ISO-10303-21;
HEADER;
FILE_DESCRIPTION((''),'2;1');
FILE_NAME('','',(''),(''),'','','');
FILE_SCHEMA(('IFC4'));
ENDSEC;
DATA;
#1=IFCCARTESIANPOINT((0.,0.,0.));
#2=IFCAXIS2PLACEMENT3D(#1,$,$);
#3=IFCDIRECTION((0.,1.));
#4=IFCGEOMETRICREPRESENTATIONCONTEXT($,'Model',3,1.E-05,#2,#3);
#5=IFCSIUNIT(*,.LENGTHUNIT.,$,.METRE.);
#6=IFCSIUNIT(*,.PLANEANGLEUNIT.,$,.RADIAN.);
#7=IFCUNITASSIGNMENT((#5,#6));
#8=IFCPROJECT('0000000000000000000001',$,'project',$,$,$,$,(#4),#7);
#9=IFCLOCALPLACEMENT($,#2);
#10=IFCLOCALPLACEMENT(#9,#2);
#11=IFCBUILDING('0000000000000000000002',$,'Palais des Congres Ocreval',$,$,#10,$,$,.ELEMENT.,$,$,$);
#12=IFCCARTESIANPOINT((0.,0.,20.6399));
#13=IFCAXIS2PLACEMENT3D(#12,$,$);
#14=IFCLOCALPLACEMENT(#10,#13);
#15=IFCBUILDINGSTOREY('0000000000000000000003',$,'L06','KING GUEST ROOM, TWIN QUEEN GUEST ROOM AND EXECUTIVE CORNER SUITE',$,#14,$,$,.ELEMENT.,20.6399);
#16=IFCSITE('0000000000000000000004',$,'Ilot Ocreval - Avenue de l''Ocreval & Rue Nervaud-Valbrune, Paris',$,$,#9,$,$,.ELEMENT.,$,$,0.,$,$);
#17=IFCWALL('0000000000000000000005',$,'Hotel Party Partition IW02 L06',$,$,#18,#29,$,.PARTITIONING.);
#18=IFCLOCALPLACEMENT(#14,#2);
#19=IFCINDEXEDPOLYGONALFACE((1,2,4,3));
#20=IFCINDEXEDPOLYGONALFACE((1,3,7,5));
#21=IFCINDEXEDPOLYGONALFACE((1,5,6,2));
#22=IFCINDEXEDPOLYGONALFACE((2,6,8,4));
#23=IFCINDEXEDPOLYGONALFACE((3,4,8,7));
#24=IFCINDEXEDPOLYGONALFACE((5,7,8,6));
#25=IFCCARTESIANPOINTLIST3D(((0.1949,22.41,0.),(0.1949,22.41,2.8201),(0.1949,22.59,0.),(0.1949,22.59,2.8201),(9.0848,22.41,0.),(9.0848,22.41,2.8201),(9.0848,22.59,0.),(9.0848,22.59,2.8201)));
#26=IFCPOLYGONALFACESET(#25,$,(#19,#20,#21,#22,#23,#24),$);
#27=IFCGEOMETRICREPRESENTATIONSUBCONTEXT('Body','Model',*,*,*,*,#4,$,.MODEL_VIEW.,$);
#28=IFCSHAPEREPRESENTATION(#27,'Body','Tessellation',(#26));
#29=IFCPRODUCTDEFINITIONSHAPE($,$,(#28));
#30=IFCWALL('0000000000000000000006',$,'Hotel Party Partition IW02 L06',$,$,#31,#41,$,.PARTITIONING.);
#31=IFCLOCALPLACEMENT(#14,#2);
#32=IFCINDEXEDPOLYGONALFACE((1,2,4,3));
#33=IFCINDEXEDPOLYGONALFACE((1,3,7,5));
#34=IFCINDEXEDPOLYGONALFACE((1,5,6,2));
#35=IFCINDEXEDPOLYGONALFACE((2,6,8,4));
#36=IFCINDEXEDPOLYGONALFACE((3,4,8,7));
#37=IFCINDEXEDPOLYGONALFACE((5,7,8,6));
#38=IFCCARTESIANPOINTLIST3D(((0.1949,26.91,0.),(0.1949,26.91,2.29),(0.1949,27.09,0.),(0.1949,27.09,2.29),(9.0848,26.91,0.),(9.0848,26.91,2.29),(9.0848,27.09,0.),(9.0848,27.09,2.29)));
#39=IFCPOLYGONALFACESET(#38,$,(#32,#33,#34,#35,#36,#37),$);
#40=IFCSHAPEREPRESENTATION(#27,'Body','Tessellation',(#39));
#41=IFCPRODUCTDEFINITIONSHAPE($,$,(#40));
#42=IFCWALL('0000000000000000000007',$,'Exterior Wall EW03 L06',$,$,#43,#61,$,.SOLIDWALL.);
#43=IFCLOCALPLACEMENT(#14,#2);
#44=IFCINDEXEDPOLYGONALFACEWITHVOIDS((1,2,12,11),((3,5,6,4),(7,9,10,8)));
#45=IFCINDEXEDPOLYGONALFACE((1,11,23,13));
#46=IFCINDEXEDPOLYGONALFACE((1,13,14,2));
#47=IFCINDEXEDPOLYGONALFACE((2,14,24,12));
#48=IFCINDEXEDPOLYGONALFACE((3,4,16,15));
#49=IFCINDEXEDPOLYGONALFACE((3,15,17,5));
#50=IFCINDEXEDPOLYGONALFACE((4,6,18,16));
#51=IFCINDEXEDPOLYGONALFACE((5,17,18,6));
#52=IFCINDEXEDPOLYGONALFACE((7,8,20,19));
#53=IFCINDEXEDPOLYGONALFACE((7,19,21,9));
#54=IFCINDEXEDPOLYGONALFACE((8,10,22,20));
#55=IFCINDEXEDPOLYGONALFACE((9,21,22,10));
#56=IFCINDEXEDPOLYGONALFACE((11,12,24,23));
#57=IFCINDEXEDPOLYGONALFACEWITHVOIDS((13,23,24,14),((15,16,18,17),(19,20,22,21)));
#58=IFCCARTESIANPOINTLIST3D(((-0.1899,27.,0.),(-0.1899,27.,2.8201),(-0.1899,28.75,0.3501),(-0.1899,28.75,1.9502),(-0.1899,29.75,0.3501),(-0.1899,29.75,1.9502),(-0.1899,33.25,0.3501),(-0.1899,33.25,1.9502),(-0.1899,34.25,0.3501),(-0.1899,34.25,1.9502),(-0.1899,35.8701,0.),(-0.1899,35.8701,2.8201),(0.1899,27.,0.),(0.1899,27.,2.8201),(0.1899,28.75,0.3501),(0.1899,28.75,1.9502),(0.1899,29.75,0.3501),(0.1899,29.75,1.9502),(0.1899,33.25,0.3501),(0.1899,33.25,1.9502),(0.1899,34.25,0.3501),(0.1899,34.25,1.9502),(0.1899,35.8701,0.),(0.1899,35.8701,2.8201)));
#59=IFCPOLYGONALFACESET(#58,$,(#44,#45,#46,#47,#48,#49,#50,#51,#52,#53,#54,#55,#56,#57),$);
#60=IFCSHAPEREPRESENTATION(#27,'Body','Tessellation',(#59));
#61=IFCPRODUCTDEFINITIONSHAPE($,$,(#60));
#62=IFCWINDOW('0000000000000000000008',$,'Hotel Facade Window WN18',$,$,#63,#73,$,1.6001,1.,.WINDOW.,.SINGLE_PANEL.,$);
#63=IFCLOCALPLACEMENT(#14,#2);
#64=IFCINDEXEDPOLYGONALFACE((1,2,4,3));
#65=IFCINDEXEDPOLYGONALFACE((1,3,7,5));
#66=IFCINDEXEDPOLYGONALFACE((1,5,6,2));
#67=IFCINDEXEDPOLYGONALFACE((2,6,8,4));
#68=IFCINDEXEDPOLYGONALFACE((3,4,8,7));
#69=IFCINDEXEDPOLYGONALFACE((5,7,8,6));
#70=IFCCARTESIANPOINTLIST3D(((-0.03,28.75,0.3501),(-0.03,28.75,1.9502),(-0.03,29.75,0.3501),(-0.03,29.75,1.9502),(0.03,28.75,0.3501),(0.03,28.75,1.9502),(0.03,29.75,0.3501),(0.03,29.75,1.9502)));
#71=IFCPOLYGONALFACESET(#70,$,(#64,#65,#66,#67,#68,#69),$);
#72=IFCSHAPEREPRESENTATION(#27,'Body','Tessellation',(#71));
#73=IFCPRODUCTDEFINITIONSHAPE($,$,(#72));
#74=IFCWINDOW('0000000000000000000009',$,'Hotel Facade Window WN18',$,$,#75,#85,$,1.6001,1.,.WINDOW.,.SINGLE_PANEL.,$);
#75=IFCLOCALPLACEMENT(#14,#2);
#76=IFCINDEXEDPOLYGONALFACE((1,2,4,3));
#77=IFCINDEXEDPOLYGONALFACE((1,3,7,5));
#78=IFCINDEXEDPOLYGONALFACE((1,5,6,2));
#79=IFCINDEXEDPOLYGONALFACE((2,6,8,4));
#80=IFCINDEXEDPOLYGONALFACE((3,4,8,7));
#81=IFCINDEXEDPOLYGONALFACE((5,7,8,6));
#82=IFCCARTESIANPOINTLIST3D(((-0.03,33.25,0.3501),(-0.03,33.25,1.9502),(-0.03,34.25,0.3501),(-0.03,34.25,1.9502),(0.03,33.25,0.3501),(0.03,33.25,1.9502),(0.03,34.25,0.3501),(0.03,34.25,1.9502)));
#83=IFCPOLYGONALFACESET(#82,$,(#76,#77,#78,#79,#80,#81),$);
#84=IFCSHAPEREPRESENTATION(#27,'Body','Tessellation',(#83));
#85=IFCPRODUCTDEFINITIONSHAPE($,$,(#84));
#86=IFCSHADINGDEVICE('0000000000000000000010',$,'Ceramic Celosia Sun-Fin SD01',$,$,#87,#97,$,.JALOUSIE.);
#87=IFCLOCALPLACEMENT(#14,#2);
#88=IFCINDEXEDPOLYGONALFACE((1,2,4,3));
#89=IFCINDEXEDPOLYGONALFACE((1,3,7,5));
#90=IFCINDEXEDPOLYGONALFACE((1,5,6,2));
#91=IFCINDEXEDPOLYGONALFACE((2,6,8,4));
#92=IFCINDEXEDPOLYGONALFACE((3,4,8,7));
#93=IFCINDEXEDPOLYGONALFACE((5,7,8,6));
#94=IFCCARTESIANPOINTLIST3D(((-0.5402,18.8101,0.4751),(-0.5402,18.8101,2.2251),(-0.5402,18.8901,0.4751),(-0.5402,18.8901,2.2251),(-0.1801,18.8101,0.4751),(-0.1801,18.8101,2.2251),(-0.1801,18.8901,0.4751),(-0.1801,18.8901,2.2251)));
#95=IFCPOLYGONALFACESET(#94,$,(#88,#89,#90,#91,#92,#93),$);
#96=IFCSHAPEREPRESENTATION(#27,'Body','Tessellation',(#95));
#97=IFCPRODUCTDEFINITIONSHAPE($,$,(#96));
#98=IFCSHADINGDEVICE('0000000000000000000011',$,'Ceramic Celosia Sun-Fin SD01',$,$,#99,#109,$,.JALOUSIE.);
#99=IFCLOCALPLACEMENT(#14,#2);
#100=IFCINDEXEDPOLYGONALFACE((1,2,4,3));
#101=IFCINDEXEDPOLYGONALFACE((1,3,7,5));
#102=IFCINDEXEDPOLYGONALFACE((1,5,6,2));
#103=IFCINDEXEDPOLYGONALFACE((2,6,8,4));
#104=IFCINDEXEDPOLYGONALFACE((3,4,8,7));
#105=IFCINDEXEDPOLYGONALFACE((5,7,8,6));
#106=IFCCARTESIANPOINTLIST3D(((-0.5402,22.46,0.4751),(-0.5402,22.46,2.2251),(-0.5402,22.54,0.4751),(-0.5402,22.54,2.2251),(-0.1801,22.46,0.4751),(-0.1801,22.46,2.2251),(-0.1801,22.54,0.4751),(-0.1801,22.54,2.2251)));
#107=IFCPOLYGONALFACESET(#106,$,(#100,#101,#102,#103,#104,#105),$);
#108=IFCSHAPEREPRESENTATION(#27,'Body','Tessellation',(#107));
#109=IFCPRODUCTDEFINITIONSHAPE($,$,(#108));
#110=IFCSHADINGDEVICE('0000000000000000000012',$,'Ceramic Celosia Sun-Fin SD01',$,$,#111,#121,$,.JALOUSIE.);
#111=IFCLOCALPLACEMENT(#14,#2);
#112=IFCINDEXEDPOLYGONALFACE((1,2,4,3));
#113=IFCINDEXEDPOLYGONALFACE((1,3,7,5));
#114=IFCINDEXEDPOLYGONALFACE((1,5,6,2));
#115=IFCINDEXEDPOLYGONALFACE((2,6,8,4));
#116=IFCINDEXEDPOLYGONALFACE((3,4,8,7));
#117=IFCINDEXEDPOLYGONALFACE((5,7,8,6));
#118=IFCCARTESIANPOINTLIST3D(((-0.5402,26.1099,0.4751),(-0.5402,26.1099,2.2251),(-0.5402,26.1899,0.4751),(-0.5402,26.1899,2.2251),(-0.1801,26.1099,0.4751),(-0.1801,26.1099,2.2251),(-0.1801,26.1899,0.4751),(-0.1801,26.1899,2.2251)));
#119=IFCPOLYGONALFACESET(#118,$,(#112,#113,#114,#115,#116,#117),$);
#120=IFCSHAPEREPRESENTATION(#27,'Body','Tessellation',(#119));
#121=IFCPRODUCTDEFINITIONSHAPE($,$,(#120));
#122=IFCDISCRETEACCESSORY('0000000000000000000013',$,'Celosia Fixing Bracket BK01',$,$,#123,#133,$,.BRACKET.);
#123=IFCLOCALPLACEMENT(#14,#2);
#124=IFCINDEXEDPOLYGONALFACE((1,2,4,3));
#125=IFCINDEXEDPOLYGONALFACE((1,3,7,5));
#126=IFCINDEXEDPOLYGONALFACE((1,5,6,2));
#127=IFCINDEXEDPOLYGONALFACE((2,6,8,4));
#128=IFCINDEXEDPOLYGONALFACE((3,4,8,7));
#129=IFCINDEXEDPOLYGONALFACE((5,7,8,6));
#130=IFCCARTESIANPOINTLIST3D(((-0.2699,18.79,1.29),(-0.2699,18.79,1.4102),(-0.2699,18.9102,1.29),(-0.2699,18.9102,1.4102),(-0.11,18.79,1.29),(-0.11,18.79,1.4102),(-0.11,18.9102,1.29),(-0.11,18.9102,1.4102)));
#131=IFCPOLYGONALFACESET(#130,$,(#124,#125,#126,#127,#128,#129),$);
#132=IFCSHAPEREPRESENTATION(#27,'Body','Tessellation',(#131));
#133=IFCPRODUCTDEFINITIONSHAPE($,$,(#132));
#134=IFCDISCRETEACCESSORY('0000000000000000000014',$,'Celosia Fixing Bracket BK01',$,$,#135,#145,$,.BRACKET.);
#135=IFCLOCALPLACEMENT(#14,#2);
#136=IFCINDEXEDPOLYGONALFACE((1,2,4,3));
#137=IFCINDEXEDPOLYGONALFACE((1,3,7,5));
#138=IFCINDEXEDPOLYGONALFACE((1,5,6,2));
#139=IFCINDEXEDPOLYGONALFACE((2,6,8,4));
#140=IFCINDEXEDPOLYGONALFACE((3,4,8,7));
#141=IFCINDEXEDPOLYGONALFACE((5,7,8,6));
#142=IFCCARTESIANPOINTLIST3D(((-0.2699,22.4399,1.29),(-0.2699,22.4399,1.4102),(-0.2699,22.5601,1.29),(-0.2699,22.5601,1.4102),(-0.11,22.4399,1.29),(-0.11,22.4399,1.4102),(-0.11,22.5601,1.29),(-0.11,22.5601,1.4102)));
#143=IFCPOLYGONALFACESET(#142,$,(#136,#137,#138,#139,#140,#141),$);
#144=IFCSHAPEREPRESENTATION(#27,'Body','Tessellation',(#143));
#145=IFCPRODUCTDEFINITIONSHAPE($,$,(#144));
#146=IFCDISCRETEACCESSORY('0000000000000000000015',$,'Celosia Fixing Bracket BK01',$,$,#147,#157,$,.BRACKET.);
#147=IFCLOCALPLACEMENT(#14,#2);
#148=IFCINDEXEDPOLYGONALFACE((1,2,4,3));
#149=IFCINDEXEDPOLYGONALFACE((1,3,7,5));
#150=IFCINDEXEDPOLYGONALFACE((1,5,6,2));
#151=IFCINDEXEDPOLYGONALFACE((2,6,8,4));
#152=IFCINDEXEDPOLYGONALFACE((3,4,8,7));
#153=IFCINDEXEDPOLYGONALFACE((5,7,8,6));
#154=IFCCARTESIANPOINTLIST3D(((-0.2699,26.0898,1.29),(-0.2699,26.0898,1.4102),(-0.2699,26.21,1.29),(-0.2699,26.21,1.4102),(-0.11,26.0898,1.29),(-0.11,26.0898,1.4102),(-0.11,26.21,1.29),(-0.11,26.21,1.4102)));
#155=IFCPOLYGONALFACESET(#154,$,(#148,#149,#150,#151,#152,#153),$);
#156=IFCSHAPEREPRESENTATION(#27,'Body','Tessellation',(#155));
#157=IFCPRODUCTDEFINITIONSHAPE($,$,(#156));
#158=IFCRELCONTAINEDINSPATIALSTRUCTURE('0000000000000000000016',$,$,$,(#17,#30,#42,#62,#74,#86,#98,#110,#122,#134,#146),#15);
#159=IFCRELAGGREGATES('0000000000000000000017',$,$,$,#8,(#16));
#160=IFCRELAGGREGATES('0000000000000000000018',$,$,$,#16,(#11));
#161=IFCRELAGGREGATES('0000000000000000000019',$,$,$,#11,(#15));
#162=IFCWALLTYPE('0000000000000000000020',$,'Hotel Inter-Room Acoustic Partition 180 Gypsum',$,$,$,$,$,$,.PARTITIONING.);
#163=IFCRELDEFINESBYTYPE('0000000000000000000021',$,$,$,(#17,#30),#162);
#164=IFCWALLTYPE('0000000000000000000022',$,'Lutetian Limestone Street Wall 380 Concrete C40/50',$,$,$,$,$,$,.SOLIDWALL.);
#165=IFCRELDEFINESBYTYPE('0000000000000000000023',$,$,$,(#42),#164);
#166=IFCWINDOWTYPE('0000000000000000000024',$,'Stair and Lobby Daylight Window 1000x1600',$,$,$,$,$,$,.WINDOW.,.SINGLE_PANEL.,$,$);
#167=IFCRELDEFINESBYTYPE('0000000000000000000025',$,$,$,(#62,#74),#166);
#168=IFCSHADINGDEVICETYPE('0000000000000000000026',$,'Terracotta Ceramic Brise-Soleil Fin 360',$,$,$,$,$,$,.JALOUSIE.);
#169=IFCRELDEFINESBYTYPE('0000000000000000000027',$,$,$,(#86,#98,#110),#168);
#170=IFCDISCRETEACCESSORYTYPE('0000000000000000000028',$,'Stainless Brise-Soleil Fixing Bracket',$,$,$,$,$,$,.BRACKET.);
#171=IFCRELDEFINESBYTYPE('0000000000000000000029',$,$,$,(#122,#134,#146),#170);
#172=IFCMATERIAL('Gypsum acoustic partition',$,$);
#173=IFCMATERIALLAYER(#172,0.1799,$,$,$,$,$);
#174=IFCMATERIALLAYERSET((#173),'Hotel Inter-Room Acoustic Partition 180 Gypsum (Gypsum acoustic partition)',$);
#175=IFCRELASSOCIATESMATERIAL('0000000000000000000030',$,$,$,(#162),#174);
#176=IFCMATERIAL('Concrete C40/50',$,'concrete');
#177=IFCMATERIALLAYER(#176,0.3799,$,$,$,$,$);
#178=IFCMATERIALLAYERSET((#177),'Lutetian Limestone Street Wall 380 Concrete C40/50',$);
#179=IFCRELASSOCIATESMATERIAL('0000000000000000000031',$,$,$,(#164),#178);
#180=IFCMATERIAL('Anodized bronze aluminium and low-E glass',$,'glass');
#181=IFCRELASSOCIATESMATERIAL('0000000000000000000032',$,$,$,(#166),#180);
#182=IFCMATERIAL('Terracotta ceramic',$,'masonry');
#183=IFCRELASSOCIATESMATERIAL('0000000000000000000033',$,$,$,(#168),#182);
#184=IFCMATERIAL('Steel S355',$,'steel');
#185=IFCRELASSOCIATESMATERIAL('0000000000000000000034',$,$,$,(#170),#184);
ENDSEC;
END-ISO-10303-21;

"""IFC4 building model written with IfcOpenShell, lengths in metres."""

from ifc_helpers import new_model, si_unit, direction, frame, frame_2d, origin, origin_2d, place, context, subcontext, project, spatial, rectangle, extrude, material, layer, layer_set, type_object, element, fill, save


model = new_model("IFC4")

# Units and contexts
model_context = context("Model", 3, precision=1e-05, world=origin(), true_north=direction((0.0, 1.0)))
body_context = subcontext(model_context, "Body", "Model", "MODEL_VIEW")
ifc_project = project(units=[si_unit("LENGTHUNIT", "METRE"), si_unit("PLANEANGLEUNIT", "RADIAN")], contexts=[model_context])

# Site, building, storey
site_placement = place(None, origin())
site = spatial("IfcSite", under=ifc_project, at=site_placement, Name="Ilot Ocreval - Avenue de l'Ocreval & Rue Nervaud-Valbrune, Paris", CompositionType="ELEMENT", RefElevation=0.0)
building_placement = place(site_placement, origin())
building = spatial("IfcBuilding", under=site, at=building_placement, Name="Palais des Congres Ocreval", CompositionType="ELEMENT")
storey_placement = place(building_placement, frame((0.0, 0.0, 20.6399)))
storey = spatial("IfcBuildingStorey", under=building, at=storey_placement, Name="L06", Description="KING GUEST ROOM, TWIN QUEEN GUEST ROOM AND EXECUTIVE CORNER SUITE", CompositionType="ELEMENT", Elevation=20.6399)

# Shared definitions
ifc_material_1 = material(Name="Steel S355", Category="steel")
ifc_material_2 = material(Name="Concrete C40/50", Category="concrete")

# Walls
ifc_material_3 = material(Name="Gypsum acoustic partition")
ifc_layer_1 = layer(ifc_material_3, 0.1799)
ifc_layer_set_1 = layer_set([ifc_layer_1], Name="Hotel Inter-Room Acoustic Partition 180 Gypsum (Gypsum acoustic partition)")
wall_type_1 = type_object("IfcWallType", Name="Hotel Inter-Room Acoustic Partition 180 Gypsum", PredefinedType="PARTITIONING", material=ifc_layer_set_1)
wall_1_placement = place(storey_placement, frame((0.1951, 22.5, 0.0), z_axis=(0.0, 0.0, 1.0), x_axis=(1.0, 0.0, 0.0)))
element("IfcWall", 1, at=wall_1_placement, inside=storey, type_object=wall_type_1, Name="Hotel Party Partition IW02 L06", PredefinedType="PARTITIONING", context=body_context, shape_type="SweptSolid", body=[
    extrude(rectangle(XDim=8.8899, YDim=0.1799, at=frame_2d((4.4448, 0.0))), origin(), (0.0, 0.0, 1.0), 2.8201),
])
wall_2_placement = place(storey_placement, frame((0.1951, 27.0, 0.0), z_axis=(0.0, 0.0, 1.0), x_axis=(1.0, 0.0, 0.0)))
element("IfcWall", 2, at=wall_2_placement, inside=storey, type_object=wall_type_1, Name="Hotel Party Partition IW02 L06", PredefinedType="PARTITIONING", context=body_context, shape_type="SweptSolid", body=[
    extrude(rectangle(XDim=8.8899, YDim=0.1799, at=frame_2d((4.4448, 0.0))), origin(), (0.0, 0.0, 1.0), 2.29),
])

# Wall, openings, windows
ifc_layer_2 = layer(ifc_material_2, 0.3799)
ifc_layer_set_2 = layer_set([ifc_layer_2], Name="Lutetian Limestone Street Wall 380 Concrete C40/50")
wall_type_2 = type_object("IfcWallType", Name="Lutetian Limestone Street Wall 380 Concrete C40/50", PredefinedType="SOLIDWALL", material=ifc_layer_set_2)
wall_3_placement = place(storey_placement, frame((0.0, 27.0, 0.0), z_axis=(0.0, 0.0, 1.0), x_axis=(0.0, 1.0, 0.0)))
wall_3 = element("IfcWall", 3, at=wall_3_placement, inside=storey, type_object=wall_type_2, Name="Exterior Wall EW03 L06", PredefinedType="SOLIDWALL", context=body_context, shape_type="SweptSolid", body=[
    extrude(rectangle(XDim=8.8701, YDim=0.3799, at=frame_2d((4.4351, 0.0))), origin(), (0.0, 0.0, 1.0), 2.8201),
])
opening_1_placement = place(wall_3_placement, frame((1.75, 0.0, 0.3501)))
opening_1 = element("IfcOpeningElement", 4, at=opening_1_placement, cuts=wall_3, PredefinedType="OPENING", context=body_context, shape_type="SweptSolid", body=[
    extrude(rectangle(XDim=1.0, YDim=1.6001, at=frame_2d((0.5, 0.8))), frame((0.0, 0.2, 0.0), z_axis=(0.0, -1.0, 0.0), x_axis=(1.0, 0.0, 0.0)), (0.0, 0.0, 1.0), 0.3999),
])
opening_2_placement = place(wall_3_placement, frame((6.25, 0.0, 0.3501)))
opening_2 = element("IfcOpeningElement", 5, at=opening_2_placement, cuts=wall_3, PredefinedType="OPENING", context=body_context, shape_type="SweptSolid", body=[
    extrude(rectangle(XDim=1.0, YDim=1.6001, at=frame_2d((0.5, 0.8))), frame((0.0, 0.2, 0.0), z_axis=(0.0, -1.0, 0.0), x_axis=(1.0, 0.0, 0.0)), (0.0, 0.0, 1.0), 0.3999),
])
ifc_material_4 = material(Name="Anodized bronze aluminium and low-E glass", Category="glass")
window_type = type_object("IfcWindowType", Name="Stair and Lobby Daylight Window 1000x1600", PartitioningType="SINGLE_PANEL", PredefinedType="WINDOW", material=ifc_material_4)
window_1_placement = place(opening_1_placement, origin())
window_1 = element("IfcWindow", 6, at=window_1_placement, inside=storey, type_object=window_type, Name="Hotel Facade Window WN18", OverallHeight=1.6001, OverallWidth=1.0, PartitioningType="SINGLE_PANEL", PredefinedType="WINDOW", context=body_context, shape_type="SweptSolid", body=[
    extrude(rectangle(XDim=1.0, YDim=1.6001, at=frame_2d((0.5, 0.8))), frame((0.0, 0.03, 0.0), z_axis=(0.0, -1.0, 0.0), x_axis=(1.0, 0.0, 0.0)), (0.0, 0.0, 1.0), 0.0601),
])
fill(opening_1, window_1)
window_2_placement = place(opening_2_placement, origin())
window_2 = element("IfcWindow", 7, at=window_2_placement, inside=storey, type_object=window_type, Name="Hotel Facade Window WN18", OverallHeight=1.6001, OverallWidth=1.0, PartitioningType="SINGLE_PANEL", PredefinedType="WINDOW", context=body_context, shape_type="SweptSolid", body=[
    extrude(rectangle(XDim=1.0, YDim=1.6001, at=frame_2d((0.5, 0.8))), frame((0.0, 0.03, 0.0), z_axis=(0.0, -1.0, 0.0), x_axis=(1.0, 0.0, 0.0)), (0.0, 0.0, 1.0), 0.0601),
])
fill(opening_2, window_2)

# Shading devices
ifc_material_5 = material(Name="Terracotta ceramic", Category="masonry")
shading_device_type = type_object("IfcShadingDeviceType", Name="Terracotta Ceramic Brise-Soleil Fin 360", PredefinedType="JALOUSIE", material=ifc_material_5)
for number, where, z_axis, x_axis, name in (
    (8, (-0.3601, 18.8501, 0.4751), (0.0, 0.0, 1.0), (-1.0, 0.0, 0.0), "Ceramic Celosia Sun-Fin SD01"),
    (9, (-0.3601, 22.5, 0.4751), (0.0, 0.0, 1.0), (-1.0, 0.0, 0.0), "Ceramic Celosia Sun-Fin SD01"),
    (10, (-0.3601, 26.1499, 0.4751), (0.0, 0.0, 1.0), (-1.0, 0.0, 0.0), "Ceramic Celosia Sun-Fin SD01"),
):
    element("IfcShadingDevice", number, at=place(storey_placement, frame(where, z_axis=z_axis, x_axis=x_axis)), inside=storey, type_object=shading_device_type, Name=name, PredefinedType="JALOUSIE", context=body_context, shape_type="SweptSolid", body=[
        extrude(rectangle(XDim=0.3601, YDim=0.0801, at=origin_2d()), origin(), (0.0, 0.0, 1.0), 1.75),
    ])

# Discrete accessories
discrete_accessory_type = type_object("IfcDiscreteAccessoryType", Name="Stainless Brise-Soleil Fixing Bracket", PredefinedType="BRACKET", material=ifc_material_1)
for number, where, z_axis, x_axis, name in (
    (11, (-0.1899, 18.8501, 1.29), (0.0, 0.0, 1.0), (-1.0, 0.0, 0.0), "Celosia Fixing Bracket BK01"),
    (12, (-0.1899, 22.5, 1.29), (0.0, 0.0, 1.0), (-1.0, 0.0, 0.0), "Celosia Fixing Bracket BK01"),
    (13, (-0.1899, 26.1499, 1.29), (0.0, 0.0, 1.0), (-1.0, 0.0, 0.0), "Celosia Fixing Bracket BK01"),
):
    element("IfcDiscreteAccessory", number, at=place(storey_placement, frame(where, z_axis=z_axis, x_axis=x_axis)), inside=storey, type_object=discrete_accessory_type, Name=name, PredefinedType="BRACKET", context=body_context, shape_type="SweptSolid", body=[
        extrude(rectangle(XDim=0.1599, YDim=0.1201, at=origin_2d()), origin(), (0.0, 0.0, 1.0), 0.1201),
    ])

save(model, "model.ifc")
